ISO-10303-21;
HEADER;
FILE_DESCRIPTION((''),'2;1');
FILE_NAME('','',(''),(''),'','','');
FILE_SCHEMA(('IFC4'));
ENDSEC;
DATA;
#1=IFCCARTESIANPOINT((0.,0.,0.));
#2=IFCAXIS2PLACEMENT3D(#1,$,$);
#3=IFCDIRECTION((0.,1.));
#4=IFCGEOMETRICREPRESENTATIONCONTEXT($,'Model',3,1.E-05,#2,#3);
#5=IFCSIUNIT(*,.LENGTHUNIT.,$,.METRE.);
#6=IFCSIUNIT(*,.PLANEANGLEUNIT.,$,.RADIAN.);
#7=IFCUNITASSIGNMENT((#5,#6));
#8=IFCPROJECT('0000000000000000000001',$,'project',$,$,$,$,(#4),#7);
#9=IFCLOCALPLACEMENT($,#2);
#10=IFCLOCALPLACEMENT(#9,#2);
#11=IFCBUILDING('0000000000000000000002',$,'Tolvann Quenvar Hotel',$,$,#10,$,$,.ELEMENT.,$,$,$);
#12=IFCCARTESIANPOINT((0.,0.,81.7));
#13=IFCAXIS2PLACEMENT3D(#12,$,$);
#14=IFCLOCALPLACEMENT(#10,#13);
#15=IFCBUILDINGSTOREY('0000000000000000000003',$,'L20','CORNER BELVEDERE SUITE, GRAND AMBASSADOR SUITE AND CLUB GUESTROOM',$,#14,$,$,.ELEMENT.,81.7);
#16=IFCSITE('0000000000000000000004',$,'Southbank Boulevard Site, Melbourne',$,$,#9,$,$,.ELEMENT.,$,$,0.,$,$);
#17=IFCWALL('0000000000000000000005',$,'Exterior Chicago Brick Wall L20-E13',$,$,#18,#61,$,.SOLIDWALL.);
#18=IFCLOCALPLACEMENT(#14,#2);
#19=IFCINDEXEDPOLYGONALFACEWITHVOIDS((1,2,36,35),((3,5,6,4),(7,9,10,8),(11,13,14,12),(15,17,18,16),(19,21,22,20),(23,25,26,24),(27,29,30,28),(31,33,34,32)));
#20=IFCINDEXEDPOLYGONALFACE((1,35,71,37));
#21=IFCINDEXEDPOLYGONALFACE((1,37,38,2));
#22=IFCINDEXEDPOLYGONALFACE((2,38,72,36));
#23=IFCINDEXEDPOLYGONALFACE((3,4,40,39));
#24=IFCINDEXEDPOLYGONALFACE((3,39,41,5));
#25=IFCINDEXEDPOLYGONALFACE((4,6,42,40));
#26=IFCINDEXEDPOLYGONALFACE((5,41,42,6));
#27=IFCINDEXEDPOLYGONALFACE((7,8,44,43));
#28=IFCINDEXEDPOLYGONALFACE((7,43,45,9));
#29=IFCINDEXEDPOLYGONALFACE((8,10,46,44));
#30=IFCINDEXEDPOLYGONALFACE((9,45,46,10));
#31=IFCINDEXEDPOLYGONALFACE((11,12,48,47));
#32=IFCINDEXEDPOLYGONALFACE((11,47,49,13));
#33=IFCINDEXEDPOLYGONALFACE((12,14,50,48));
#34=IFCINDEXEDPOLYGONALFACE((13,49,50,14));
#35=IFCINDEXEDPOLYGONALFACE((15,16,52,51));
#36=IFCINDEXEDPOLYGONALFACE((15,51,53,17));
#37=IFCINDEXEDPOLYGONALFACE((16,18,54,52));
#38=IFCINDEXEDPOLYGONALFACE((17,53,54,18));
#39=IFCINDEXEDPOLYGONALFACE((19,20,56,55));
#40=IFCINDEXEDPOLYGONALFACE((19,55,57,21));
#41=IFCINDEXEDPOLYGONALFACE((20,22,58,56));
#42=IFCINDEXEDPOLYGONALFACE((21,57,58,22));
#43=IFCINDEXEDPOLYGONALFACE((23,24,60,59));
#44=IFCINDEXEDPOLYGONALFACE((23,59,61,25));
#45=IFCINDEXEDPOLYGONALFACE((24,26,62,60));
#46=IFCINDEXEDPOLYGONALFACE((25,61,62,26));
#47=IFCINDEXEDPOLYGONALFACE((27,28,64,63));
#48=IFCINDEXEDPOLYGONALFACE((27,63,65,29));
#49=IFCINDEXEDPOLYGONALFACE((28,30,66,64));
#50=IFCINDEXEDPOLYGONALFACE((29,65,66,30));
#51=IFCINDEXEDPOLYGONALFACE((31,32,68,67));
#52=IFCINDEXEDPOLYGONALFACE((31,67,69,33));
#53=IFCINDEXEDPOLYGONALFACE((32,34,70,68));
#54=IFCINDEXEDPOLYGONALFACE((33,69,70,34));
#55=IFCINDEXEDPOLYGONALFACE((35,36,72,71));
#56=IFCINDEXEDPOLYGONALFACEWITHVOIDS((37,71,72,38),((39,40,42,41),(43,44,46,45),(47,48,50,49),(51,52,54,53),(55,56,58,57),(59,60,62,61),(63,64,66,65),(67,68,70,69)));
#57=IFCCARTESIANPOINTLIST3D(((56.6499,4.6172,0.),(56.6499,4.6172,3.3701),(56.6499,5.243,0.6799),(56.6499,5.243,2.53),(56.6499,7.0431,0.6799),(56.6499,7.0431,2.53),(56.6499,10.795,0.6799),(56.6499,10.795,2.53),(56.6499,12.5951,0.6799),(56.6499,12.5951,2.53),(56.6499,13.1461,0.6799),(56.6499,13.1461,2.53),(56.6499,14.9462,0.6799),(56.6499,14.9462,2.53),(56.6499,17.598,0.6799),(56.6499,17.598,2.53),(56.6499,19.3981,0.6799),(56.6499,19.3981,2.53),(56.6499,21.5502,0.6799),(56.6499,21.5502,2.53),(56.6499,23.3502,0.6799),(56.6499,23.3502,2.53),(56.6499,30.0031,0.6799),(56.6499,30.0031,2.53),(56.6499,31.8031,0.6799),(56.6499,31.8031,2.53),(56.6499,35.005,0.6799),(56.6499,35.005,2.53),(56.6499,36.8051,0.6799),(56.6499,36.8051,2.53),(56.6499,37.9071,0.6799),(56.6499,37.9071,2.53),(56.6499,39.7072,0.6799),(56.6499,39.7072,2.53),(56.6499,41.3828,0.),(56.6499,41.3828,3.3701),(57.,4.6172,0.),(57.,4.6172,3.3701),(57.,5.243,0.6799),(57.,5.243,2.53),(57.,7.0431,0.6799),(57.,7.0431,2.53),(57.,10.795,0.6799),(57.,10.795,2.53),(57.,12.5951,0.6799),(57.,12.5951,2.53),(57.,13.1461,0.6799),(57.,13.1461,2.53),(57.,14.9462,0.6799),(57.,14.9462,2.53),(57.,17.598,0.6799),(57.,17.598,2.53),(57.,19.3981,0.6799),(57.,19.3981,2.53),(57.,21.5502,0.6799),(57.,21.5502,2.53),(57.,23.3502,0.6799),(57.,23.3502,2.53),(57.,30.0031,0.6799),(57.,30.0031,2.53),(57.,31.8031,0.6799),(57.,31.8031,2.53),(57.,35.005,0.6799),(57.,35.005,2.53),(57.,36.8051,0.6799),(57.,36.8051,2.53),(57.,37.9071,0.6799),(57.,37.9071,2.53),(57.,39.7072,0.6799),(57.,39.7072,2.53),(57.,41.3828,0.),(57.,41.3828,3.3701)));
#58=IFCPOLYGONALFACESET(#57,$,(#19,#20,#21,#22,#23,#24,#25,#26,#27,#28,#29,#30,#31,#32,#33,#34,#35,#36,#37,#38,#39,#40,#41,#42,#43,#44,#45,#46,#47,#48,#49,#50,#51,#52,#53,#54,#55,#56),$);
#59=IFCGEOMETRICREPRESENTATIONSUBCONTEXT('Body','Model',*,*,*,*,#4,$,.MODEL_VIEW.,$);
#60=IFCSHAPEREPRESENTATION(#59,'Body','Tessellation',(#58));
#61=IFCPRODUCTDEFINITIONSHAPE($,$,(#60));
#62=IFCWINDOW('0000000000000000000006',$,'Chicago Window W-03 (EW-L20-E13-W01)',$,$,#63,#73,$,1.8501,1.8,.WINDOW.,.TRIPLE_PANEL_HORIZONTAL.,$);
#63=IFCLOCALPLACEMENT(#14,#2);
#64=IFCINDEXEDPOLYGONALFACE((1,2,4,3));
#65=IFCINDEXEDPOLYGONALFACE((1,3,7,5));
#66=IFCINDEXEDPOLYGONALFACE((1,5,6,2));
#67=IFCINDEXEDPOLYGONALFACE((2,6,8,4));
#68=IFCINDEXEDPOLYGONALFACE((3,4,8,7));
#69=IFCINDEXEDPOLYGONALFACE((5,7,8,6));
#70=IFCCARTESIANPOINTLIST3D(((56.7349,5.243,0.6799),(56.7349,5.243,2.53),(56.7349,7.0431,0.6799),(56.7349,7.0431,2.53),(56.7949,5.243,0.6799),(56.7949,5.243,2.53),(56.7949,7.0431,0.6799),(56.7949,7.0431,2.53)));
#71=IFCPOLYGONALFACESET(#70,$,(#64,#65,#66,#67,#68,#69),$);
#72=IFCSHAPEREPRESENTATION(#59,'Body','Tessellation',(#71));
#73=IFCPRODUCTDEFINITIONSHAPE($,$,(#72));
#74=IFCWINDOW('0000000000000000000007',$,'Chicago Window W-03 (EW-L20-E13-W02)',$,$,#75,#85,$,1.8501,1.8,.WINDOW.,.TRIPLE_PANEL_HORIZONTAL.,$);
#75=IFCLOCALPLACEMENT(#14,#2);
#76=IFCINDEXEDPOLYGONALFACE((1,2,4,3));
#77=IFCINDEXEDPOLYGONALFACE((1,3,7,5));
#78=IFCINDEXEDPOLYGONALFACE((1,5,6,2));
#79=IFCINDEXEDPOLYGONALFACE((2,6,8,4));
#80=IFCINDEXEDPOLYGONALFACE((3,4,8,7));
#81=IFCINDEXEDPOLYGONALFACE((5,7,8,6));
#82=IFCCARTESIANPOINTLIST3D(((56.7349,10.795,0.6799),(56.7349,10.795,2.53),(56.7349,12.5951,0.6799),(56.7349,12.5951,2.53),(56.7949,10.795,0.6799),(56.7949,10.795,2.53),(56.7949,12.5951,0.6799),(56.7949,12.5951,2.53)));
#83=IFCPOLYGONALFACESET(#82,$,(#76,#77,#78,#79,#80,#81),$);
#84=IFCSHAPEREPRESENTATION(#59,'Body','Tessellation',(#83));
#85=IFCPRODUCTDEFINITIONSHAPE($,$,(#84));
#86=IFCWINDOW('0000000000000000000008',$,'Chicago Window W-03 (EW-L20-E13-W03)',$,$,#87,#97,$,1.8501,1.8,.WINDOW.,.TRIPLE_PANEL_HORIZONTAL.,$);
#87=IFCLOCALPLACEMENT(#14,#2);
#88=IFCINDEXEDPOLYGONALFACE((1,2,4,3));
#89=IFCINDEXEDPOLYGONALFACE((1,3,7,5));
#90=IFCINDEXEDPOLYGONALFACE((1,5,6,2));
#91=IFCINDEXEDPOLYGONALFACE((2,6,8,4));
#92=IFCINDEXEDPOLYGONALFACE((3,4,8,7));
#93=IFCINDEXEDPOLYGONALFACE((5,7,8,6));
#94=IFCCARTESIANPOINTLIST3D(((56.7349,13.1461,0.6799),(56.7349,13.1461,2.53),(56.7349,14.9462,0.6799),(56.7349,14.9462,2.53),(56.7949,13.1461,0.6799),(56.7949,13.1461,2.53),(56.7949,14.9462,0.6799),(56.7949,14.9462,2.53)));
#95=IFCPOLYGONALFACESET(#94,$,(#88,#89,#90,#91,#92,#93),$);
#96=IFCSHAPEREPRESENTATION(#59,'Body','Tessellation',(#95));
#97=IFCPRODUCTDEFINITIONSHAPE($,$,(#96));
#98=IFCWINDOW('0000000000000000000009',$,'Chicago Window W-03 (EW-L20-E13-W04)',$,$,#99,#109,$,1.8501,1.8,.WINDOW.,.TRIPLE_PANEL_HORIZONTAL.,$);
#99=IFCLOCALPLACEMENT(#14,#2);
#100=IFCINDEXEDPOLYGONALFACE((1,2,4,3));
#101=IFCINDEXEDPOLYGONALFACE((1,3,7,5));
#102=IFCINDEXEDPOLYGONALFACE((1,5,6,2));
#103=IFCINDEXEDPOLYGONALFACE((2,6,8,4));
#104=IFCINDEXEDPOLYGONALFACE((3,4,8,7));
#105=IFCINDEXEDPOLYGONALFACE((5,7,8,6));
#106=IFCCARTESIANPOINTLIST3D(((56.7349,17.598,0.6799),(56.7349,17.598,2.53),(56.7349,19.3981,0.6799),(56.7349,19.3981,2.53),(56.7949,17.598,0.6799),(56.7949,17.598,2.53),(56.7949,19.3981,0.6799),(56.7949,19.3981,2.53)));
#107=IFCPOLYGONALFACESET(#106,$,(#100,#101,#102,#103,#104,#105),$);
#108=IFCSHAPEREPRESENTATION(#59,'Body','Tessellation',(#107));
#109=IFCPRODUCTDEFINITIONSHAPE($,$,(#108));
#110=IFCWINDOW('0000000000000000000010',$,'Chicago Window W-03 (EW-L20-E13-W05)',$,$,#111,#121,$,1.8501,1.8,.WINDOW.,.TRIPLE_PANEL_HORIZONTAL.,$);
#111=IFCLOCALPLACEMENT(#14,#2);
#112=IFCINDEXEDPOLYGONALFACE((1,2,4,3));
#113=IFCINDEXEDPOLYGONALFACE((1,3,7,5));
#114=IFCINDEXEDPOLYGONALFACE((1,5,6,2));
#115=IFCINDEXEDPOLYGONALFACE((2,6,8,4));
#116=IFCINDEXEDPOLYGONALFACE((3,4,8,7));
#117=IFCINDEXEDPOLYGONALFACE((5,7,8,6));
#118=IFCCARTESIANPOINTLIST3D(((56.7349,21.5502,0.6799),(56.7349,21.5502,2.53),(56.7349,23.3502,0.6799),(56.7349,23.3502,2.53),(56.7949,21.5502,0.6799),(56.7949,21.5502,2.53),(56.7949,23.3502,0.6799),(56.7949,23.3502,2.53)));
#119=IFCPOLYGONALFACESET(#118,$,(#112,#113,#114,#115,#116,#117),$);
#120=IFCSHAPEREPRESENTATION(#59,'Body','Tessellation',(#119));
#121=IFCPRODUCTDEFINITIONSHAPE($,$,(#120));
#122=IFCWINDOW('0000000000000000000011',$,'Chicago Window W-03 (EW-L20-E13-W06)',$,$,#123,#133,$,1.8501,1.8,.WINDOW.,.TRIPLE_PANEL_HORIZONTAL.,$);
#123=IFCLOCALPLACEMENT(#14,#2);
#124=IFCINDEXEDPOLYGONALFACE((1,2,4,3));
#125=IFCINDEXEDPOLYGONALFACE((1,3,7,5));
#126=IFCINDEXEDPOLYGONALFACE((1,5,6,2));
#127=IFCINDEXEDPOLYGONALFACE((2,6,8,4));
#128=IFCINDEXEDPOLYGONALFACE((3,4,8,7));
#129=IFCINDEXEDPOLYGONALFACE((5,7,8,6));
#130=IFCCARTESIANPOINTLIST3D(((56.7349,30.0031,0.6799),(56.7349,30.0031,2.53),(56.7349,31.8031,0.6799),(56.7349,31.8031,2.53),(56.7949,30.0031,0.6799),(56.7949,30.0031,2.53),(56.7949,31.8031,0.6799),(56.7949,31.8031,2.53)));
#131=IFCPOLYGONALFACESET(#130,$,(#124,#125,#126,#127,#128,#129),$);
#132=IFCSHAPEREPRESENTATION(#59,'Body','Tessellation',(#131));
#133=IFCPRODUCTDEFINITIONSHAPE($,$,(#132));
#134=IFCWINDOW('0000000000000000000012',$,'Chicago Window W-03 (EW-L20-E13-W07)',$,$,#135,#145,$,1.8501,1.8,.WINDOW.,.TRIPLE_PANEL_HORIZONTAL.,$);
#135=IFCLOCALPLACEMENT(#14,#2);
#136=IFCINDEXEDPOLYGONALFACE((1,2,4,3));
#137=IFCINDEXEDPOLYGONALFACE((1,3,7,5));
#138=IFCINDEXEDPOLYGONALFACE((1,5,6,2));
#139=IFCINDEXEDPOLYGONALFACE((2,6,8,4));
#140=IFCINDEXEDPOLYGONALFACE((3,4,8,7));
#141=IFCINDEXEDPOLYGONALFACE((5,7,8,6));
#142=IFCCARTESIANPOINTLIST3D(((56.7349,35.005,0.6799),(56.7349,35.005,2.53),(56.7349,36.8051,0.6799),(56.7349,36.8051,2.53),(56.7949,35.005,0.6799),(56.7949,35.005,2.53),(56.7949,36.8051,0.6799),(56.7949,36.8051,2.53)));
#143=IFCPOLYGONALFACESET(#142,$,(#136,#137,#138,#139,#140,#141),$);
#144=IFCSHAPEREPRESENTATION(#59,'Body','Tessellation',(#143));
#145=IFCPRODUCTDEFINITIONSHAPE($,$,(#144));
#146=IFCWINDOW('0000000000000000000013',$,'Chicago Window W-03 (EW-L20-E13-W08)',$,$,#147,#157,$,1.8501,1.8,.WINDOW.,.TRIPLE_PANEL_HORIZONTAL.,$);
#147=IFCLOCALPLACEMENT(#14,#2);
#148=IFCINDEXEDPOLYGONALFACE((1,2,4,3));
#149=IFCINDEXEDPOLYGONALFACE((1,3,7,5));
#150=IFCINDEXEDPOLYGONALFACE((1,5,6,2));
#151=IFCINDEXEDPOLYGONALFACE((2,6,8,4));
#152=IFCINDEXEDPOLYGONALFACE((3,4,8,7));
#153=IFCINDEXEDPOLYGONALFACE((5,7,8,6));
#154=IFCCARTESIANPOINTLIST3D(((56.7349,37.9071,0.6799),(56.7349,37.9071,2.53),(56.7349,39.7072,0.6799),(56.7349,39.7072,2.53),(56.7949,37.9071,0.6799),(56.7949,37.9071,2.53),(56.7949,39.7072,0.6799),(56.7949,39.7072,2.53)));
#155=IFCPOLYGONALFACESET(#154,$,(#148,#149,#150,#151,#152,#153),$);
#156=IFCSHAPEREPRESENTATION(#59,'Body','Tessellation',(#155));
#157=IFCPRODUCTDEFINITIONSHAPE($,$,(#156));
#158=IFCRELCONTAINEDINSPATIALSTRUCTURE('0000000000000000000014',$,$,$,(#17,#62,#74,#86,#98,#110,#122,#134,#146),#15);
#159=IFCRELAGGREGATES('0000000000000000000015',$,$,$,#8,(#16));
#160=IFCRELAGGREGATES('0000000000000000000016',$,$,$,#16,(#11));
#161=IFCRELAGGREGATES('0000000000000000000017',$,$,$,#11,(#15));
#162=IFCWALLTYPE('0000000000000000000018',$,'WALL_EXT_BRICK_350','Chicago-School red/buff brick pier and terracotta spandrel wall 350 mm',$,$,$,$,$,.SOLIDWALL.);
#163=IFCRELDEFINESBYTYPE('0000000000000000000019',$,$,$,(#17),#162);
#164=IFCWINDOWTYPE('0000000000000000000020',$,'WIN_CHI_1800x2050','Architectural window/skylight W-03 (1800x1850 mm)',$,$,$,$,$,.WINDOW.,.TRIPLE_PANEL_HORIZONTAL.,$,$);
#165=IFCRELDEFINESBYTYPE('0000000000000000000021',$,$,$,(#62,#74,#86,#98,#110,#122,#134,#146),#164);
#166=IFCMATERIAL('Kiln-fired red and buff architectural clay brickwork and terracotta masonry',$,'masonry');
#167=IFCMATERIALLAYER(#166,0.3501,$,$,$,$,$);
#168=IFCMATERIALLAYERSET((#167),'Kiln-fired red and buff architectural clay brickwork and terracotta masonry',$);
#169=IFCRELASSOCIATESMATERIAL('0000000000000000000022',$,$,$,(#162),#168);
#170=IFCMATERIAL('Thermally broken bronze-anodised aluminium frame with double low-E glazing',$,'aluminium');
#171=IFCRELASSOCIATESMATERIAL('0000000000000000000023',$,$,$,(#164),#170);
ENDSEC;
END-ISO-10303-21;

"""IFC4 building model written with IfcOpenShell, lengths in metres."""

from ifc_helpers import new_model, si_unit, direction, frame, frame_2d, origin, place, context, subcontext, project, spatial, rectangle, extrude, source, transform, mapped, material, layer, layer_set, type_object, type_shapes, element, fill, save


model = new_model("IFC4")

# Units and contexts
model_context = context("Model", 3, precision=1e-05, world=origin(), true_north=direction((0.0, 1.0)))
body_context = subcontext(model_context, "Body", "Model", "MODEL_VIEW")
ifc_project = project(units=[si_unit("LENGTHUNIT", "METRE"), si_unit("PLANEANGLEUNIT", "RADIAN")], contexts=[model_context])

# Site, building, storey
site_placement = place(None, origin())
site = spatial("IfcSite", under=ifc_project, at=site_placement, Name="Southbank Boulevard Site, Melbourne", CompositionType="ELEMENT", RefElevation=0.0)
building_placement = place(site_placement, origin())
building = spatial("IfcBuilding", under=site, at=building_placement, Name="Tolvann Quenvar Hotel", CompositionType="ELEMENT")
storey_placement = place(building_placement, frame((0.0, 0.0, 81.7)))
storey = spatial("IfcBuildingStorey", under=building, at=storey_placement, Name="L20", Description="CORNER BELVEDERE SUITE, GRAND AMBASSADOR SUITE AND CLUB GUESTROOM", CompositionType="ELEMENT", Elevation=81.7)

# Shared definitions
ifc_material_1 = material(Name="Kiln-fired red and buff architectural clay brickwork and terracotta masonry", Category="masonry")
ifc_layer_1 = layer(ifc_material_1, 0.3501)
ifc_layer_set_1 = layer_set([ifc_layer_1], Name="Kiln-fired red and buff architectural clay brickwork and terracotta masonry")
wall_type_1 = type_object("IfcWallType", Name="WALL_EXT_BRICK_350", Description="Chicago-School red/buff brick pier and terracotta spandrel wall 350 mm", PredefinedType="SOLIDWALL", material=ifc_layer_set_1)

# Wall, openings, windows
wall_1_placement = place(storey_placement, frame((56.825, 4.6172, 0.0), z_axis=(0.0, 0.0, 1.0), x_axis=(0.0, 1.0, 0.0)))
wall_1 = element("IfcWall", 1, at=wall_1_placement, inside=storey, type_object=wall_type_1, Name="Exterior Chicago Brick Wall L20-E13", PredefinedType="SOLIDWALL", context=body_context, shape_type="SweptSolid", body=[
    extrude(rectangle(XDim=36.7656, YDim=0.3501, at=frame_2d((18.3828, 0.0))), origin(), (0.0, 0.0, 1.0), 3.3701),
])
opening_1_placement = place(wall_1_placement, frame((0.626, 0.0, 0.6799)))
opening_1 = element("IfcOpeningElement", 2, at=opening_1_placement, cuts=wall_1, PredefinedType="OPENING", context=body_context, shape_type="SweptSolid", body=[
    extrude(rectangle(XDim=1.8, YDim=1.8501, at=frame_2d((0.8999, 0.925))), frame((0.0, 0.1851, 0.0), z_axis=(0.0, -1.0, 0.0), x_axis=(1.0, 0.0, 0.0)), (0.0, 0.0, 1.0), 0.3701),
])
opening_2_placement = place(wall_1_placement, frame((6.178, 0.0, 0.6799)))
opening_2 = element("IfcOpeningElement", 3, at=opening_2_placement, cuts=wall_1, PredefinedType="OPENING", context=body_context, shape_type="SweptSolid", body=[
    extrude(rectangle(XDim=1.8, YDim=1.8501, at=frame_2d((0.8999, 0.925))), frame((0.0, 0.1851, 0.0), z_axis=(0.0, -1.0, 0.0), x_axis=(1.0, 0.0, 0.0)), (0.0, 0.0, 1.0), 0.3701),
])
opening_3_placement = place(wall_1_placement, frame((8.5291, 0.0, 0.6799)))
opening_3 = element("IfcOpeningElement", 4, at=opening_3_placement, cuts=wall_1, PredefinedType="OPENING", context=body_context, shape_type="SweptSolid", body=[
    extrude(rectangle(XDim=1.8, YDim=1.8501, at=frame_2d((0.8999, 0.925))), frame((0.0, 0.1851, 0.0), z_axis=(0.0, -1.0, 0.0), x_axis=(1.0, 0.0, 0.0)), (0.0, 0.0, 1.0), 0.3701),
])
opening_4_placement = place(wall_1_placement, frame((12.981, 0.0, 0.6799)))
opening_4 = element("IfcOpeningElement", 5, at=opening_4_placement, cuts=wall_1, PredefinedType="OPENING", context=body_context, shape_type="SweptSolid", body=[
    extrude(rectangle(XDim=1.8, YDim=1.8501, at=frame_2d((0.8999, 0.925))), frame((0.0, 0.1851, 0.0), z_axis=(0.0, -1.0, 0.0), x_axis=(1.0, 0.0, 0.0)), (0.0, 0.0, 1.0), 0.3701),
])
opening_5_placement = place(wall_1_placement, frame((16.9331, 0.0, 0.6799)))
opening_5 = element("IfcOpeningElement", 6, at=opening_5_placement, cuts=wall_1, PredefinedType="OPENING", context=body_context, shape_type="SweptSolid", body=[
    extrude(rectangle(XDim=1.8, YDim=1.8501, at=frame_2d((0.8999, 0.925))), frame((0.0, 0.1851, 0.0), z_axis=(0.0, -1.0, 0.0), x_axis=(1.0, 0.0, 0.0)), (0.0, 0.0, 1.0), 0.3701),
])
opening_6_placement = place(wall_1_placement, frame((25.386, 0.0, 0.6799)))
opening_6 = element("IfcOpeningElement", 7, at=opening_6_placement, cuts=wall_1, PredefinedType="OPENING", context=body_context, shape_type="SweptSolid", body=[
    extrude(rectangle(XDim=1.8, YDim=1.8501, at=frame_2d((0.8999, 0.925))), frame((0.0, 0.1851, 0.0), z_axis=(0.0, -1.0, 0.0), x_axis=(1.0, 0.0, 0.0)), (0.0, 0.0, 1.0), 0.3701),
])
opening_7_placement = place(wall_1_placement, frame((30.3879, 0.0, 0.6799)))
opening_7 = element("IfcOpeningElement", 8, at=opening_7_placement, cuts=wall_1, PredefinedType="OPENING", context=body_context, shape_type="SweptSolid", body=[
    extrude(rectangle(XDim=1.8, YDim=1.8501, at=frame_2d((0.8999, 0.925))), frame((0.0, 0.1851, 0.0), z_axis=(0.0, -1.0, 0.0), x_axis=(1.0, 0.0, 0.0)), (0.0, 0.0, 1.0), 0.3701),
])
opening_8_placement = place(wall_1_placement, frame((33.29, 0.0, 0.6799)))
opening_8 = element("IfcOpeningElement", 9, at=opening_8_placement, cuts=wall_1, PredefinedType="OPENING", context=body_context, shape_type="SweptSolid", body=[
    extrude(rectangle(XDim=1.8, YDim=1.8501, at=frame_2d((0.8999, 0.925))), frame((0.0, 0.1851, 0.0), z_axis=(0.0, -1.0, 0.0), x_axis=(1.0, 0.0, 0.0)), (0.0, 0.0, 1.0), 0.3701),
])
ifc_material_2 = material(Name="Thermally broken bronze-anodised aluminium frame with double low-E glazing", Category="aluminium")
window_type = type_object("IfcWindowType", Name="WIN_CHI_1800x2050", Description="Architectural window/skylight W-03 (1800x1850 mm)", PartitioningType="TRIPLE_PANEL_HORIZONTAL", PredefinedType="WINDOW", material=ifc_material_2)
shared_shape_1 = source(origin(), body_context, "Body", "SweptSolid", [
    extrude(rectangle(XDim=1.8, YDim=1.8501, at=frame_2d((0.8999, 0.925))), frame((0.0, 0.0901, 0.0), z_axis=(0.0, -1.0, 0.0), x_axis=(1.0, 0.0, 0.0)), (0.0, 0.0, 1.0), 0.0601),
])
type_shapes(window_type, [shared_shape_1])
window_1_placement = place(opening_1_placement, origin())
window_1 = element("IfcWindow", 10, at=window_1_placement, inside=storey, type_object=window_type, Name="Chicago Window W-03 (EW-L20-E13-W01)", OverallHeight=1.8501, OverallWidth=1.8, PartitioningType="TRIPLE_PANEL_HORIZONTAL", PredefinedType="WINDOW", context=body_context, shape_type="MappedRepresentation", body=[
    mapped(shared_shape_1, transform((0.0, 0.0, 0.0), x_axis=(1.0, 0.0, 0.0), y_axis=(0.0, 1.0, 0.0), z_axis=(0.0, 0.0, 1.0), scale=1.0)),
])
fill(opening_1, window_1)
window_2_placement = place(opening_2_placement, origin())
window_2 = element("IfcWindow", 11, at=window_2_placement, inside=storey, type_object=window_type, Name="Chicago Window W-03 (EW-L20-E13-W02)", OverallHeight=1.8501, OverallWidth=1.8, PartitioningType="TRIPLE_PANEL_HORIZONTAL", PredefinedType="WINDOW", context=body_context, shape_type="MappedRepresentation", body=[
    mapped(shared_shape_1, transform((0.0, 0.0, 0.0), x_axis=(1.0, 0.0, 0.0), y_axis=(0.0, 1.0, 0.0), z_axis=(0.0, 0.0, 1.0), scale=1.0)),
])
fill(opening_2, window_2)
window_3_placement = place(opening_3_placement, origin())
window_3 = element("IfcWindow", 12, at=window_3_placement, inside=storey, type_object=window_type, Name="Chicago Window W-03 (EW-L20-E13-W03)", OverallHeight=1.8501, OverallWidth=1.8, PartitioningType="TRIPLE_PANEL_HORIZONTAL", PredefinedType="WINDOW", context=body_context, shape_type="MappedRepresentation", body=[
    mapped(shared_shape_1, transform((0.0, 0.0, 0.0), x_axis=(1.0, 0.0, 0.0), y_axis=(0.0, 1.0, 0.0), z_axis=(0.0, 0.0, 1.0), scale=1.0)),
])
fill(opening_3, window_3)
window_4_placement = place(opening_4_placement, origin())
window_4 = element("IfcWindow", 13, at=window_4_placement, inside=storey, type_object=window_type, Name="Chicago Window W-03 (EW-L20-E13-W04)", OverallHeight=1.8501, OverallWidth=1.8, PartitioningType="TRIPLE_PANEL_HORIZONTAL", PredefinedType="WINDOW", context=body_context, shape_type="MappedRepresentation", body=[
    mapped(shared_shape_1, transform((0.0, 0.0, 0.0), x_axis=(1.0, 0.0, 0.0), y_axis=(0.0, 1.0, 0.0), z_axis=(0.0, 0.0, 1.0), scale=1.0)),
])
fill(opening_4, window_4)
window_5_placement = place(opening_5_placement, origin())
window_5 = element("IfcWindow", 14, at=window_5_placement, inside=storey, type_object=window_type, Name="Chicago Window W-03 (EW-L20-E13-W05)", OverallHeight=1.8501, OverallWidth=1.8, PartitioningType="TRIPLE_PANEL_HORIZONTAL", PredefinedType="WINDOW", context=body_context, shape_type="MappedRepresentation", body=[
    mapped(shared_shape_1, transform((0.0, 0.0, 0.0), x_axis=(1.0, 0.0, 0.0), y_axis=(0.0, 1.0, 0.0), z_axis=(0.0, 0.0, 1.0), scale=1.0)),
])
fill(opening_5, window_5)
window_6_placement = place(opening_6_placement, origin())
window_6 = element("IfcWindow", 15, at=window_6_placement, inside=storey, type_object=window_type, Name="Chicago Window W-03 (EW-L20-E13-W06)", OverallHeight=1.8501, OverallWidth=1.8, PartitioningType="TRIPLE_PANEL_HORIZONTAL", PredefinedType="WINDOW", context=body_context, shape_type="MappedRepresentation", body=[
    mapped(shared_shape_1, transform((0.0, 0.0, 0.0), x_axis=(1.0, 0.0, 0.0), y_axis=(0.0, 1.0, 0.0), z_axis=(0.0, 0.0, 1.0), scale=1.0)),
])
fill(opening_6, window_6)
window_7_placement = place(opening_7_placement, origin())
window_7 = element("IfcWindow", 16, at=window_7_placement, inside=storey, type_object=window_type, Name="Chicago Window W-03 (EW-L20-E13-W07)", OverallHeight=1.8501, OverallWidth=1.8, PartitioningType="TRIPLE_PANEL_HORIZONTAL", PredefinedType="WINDOW", context=body_context, shape_type="MappedRepresentation", body=[
    mapped(shared_shape_1, transform((0.0, 0.0, 0.0), x_axis=(1.0, 0.0, 0.0), y_axis=(0.0, 1.0, 0.0), z_axis=(0.0, 0.0, 1.0), scale=1.0)),
])
fill(opening_7, window_7)
window_8_placement = place(opening_8_placement, origin())
window_8 = element("IfcWindow", 17, at=window_8_placement, inside=storey, type_object=window_type, Name="Chicago Window W-03 (EW-L20-E13-W08)", OverallHeight=1.8501, OverallWidth=1.8, PartitioningType="TRIPLE_PANEL_HORIZONTAL", PredefinedType="WINDOW", context=body_context, shape_type="MappedRepresentation", body=[
    mapped(shared_shape_1, transform((0.0, 0.0, 0.0), x_axis=(1.0, 0.0, 0.0), y_axis=(0.0, 1.0, 0.0), z_axis=(0.0, 0.0, 1.0), scale=1.0)),
])
fill(opening_8, window_8)

save(model, "model.ifc")
